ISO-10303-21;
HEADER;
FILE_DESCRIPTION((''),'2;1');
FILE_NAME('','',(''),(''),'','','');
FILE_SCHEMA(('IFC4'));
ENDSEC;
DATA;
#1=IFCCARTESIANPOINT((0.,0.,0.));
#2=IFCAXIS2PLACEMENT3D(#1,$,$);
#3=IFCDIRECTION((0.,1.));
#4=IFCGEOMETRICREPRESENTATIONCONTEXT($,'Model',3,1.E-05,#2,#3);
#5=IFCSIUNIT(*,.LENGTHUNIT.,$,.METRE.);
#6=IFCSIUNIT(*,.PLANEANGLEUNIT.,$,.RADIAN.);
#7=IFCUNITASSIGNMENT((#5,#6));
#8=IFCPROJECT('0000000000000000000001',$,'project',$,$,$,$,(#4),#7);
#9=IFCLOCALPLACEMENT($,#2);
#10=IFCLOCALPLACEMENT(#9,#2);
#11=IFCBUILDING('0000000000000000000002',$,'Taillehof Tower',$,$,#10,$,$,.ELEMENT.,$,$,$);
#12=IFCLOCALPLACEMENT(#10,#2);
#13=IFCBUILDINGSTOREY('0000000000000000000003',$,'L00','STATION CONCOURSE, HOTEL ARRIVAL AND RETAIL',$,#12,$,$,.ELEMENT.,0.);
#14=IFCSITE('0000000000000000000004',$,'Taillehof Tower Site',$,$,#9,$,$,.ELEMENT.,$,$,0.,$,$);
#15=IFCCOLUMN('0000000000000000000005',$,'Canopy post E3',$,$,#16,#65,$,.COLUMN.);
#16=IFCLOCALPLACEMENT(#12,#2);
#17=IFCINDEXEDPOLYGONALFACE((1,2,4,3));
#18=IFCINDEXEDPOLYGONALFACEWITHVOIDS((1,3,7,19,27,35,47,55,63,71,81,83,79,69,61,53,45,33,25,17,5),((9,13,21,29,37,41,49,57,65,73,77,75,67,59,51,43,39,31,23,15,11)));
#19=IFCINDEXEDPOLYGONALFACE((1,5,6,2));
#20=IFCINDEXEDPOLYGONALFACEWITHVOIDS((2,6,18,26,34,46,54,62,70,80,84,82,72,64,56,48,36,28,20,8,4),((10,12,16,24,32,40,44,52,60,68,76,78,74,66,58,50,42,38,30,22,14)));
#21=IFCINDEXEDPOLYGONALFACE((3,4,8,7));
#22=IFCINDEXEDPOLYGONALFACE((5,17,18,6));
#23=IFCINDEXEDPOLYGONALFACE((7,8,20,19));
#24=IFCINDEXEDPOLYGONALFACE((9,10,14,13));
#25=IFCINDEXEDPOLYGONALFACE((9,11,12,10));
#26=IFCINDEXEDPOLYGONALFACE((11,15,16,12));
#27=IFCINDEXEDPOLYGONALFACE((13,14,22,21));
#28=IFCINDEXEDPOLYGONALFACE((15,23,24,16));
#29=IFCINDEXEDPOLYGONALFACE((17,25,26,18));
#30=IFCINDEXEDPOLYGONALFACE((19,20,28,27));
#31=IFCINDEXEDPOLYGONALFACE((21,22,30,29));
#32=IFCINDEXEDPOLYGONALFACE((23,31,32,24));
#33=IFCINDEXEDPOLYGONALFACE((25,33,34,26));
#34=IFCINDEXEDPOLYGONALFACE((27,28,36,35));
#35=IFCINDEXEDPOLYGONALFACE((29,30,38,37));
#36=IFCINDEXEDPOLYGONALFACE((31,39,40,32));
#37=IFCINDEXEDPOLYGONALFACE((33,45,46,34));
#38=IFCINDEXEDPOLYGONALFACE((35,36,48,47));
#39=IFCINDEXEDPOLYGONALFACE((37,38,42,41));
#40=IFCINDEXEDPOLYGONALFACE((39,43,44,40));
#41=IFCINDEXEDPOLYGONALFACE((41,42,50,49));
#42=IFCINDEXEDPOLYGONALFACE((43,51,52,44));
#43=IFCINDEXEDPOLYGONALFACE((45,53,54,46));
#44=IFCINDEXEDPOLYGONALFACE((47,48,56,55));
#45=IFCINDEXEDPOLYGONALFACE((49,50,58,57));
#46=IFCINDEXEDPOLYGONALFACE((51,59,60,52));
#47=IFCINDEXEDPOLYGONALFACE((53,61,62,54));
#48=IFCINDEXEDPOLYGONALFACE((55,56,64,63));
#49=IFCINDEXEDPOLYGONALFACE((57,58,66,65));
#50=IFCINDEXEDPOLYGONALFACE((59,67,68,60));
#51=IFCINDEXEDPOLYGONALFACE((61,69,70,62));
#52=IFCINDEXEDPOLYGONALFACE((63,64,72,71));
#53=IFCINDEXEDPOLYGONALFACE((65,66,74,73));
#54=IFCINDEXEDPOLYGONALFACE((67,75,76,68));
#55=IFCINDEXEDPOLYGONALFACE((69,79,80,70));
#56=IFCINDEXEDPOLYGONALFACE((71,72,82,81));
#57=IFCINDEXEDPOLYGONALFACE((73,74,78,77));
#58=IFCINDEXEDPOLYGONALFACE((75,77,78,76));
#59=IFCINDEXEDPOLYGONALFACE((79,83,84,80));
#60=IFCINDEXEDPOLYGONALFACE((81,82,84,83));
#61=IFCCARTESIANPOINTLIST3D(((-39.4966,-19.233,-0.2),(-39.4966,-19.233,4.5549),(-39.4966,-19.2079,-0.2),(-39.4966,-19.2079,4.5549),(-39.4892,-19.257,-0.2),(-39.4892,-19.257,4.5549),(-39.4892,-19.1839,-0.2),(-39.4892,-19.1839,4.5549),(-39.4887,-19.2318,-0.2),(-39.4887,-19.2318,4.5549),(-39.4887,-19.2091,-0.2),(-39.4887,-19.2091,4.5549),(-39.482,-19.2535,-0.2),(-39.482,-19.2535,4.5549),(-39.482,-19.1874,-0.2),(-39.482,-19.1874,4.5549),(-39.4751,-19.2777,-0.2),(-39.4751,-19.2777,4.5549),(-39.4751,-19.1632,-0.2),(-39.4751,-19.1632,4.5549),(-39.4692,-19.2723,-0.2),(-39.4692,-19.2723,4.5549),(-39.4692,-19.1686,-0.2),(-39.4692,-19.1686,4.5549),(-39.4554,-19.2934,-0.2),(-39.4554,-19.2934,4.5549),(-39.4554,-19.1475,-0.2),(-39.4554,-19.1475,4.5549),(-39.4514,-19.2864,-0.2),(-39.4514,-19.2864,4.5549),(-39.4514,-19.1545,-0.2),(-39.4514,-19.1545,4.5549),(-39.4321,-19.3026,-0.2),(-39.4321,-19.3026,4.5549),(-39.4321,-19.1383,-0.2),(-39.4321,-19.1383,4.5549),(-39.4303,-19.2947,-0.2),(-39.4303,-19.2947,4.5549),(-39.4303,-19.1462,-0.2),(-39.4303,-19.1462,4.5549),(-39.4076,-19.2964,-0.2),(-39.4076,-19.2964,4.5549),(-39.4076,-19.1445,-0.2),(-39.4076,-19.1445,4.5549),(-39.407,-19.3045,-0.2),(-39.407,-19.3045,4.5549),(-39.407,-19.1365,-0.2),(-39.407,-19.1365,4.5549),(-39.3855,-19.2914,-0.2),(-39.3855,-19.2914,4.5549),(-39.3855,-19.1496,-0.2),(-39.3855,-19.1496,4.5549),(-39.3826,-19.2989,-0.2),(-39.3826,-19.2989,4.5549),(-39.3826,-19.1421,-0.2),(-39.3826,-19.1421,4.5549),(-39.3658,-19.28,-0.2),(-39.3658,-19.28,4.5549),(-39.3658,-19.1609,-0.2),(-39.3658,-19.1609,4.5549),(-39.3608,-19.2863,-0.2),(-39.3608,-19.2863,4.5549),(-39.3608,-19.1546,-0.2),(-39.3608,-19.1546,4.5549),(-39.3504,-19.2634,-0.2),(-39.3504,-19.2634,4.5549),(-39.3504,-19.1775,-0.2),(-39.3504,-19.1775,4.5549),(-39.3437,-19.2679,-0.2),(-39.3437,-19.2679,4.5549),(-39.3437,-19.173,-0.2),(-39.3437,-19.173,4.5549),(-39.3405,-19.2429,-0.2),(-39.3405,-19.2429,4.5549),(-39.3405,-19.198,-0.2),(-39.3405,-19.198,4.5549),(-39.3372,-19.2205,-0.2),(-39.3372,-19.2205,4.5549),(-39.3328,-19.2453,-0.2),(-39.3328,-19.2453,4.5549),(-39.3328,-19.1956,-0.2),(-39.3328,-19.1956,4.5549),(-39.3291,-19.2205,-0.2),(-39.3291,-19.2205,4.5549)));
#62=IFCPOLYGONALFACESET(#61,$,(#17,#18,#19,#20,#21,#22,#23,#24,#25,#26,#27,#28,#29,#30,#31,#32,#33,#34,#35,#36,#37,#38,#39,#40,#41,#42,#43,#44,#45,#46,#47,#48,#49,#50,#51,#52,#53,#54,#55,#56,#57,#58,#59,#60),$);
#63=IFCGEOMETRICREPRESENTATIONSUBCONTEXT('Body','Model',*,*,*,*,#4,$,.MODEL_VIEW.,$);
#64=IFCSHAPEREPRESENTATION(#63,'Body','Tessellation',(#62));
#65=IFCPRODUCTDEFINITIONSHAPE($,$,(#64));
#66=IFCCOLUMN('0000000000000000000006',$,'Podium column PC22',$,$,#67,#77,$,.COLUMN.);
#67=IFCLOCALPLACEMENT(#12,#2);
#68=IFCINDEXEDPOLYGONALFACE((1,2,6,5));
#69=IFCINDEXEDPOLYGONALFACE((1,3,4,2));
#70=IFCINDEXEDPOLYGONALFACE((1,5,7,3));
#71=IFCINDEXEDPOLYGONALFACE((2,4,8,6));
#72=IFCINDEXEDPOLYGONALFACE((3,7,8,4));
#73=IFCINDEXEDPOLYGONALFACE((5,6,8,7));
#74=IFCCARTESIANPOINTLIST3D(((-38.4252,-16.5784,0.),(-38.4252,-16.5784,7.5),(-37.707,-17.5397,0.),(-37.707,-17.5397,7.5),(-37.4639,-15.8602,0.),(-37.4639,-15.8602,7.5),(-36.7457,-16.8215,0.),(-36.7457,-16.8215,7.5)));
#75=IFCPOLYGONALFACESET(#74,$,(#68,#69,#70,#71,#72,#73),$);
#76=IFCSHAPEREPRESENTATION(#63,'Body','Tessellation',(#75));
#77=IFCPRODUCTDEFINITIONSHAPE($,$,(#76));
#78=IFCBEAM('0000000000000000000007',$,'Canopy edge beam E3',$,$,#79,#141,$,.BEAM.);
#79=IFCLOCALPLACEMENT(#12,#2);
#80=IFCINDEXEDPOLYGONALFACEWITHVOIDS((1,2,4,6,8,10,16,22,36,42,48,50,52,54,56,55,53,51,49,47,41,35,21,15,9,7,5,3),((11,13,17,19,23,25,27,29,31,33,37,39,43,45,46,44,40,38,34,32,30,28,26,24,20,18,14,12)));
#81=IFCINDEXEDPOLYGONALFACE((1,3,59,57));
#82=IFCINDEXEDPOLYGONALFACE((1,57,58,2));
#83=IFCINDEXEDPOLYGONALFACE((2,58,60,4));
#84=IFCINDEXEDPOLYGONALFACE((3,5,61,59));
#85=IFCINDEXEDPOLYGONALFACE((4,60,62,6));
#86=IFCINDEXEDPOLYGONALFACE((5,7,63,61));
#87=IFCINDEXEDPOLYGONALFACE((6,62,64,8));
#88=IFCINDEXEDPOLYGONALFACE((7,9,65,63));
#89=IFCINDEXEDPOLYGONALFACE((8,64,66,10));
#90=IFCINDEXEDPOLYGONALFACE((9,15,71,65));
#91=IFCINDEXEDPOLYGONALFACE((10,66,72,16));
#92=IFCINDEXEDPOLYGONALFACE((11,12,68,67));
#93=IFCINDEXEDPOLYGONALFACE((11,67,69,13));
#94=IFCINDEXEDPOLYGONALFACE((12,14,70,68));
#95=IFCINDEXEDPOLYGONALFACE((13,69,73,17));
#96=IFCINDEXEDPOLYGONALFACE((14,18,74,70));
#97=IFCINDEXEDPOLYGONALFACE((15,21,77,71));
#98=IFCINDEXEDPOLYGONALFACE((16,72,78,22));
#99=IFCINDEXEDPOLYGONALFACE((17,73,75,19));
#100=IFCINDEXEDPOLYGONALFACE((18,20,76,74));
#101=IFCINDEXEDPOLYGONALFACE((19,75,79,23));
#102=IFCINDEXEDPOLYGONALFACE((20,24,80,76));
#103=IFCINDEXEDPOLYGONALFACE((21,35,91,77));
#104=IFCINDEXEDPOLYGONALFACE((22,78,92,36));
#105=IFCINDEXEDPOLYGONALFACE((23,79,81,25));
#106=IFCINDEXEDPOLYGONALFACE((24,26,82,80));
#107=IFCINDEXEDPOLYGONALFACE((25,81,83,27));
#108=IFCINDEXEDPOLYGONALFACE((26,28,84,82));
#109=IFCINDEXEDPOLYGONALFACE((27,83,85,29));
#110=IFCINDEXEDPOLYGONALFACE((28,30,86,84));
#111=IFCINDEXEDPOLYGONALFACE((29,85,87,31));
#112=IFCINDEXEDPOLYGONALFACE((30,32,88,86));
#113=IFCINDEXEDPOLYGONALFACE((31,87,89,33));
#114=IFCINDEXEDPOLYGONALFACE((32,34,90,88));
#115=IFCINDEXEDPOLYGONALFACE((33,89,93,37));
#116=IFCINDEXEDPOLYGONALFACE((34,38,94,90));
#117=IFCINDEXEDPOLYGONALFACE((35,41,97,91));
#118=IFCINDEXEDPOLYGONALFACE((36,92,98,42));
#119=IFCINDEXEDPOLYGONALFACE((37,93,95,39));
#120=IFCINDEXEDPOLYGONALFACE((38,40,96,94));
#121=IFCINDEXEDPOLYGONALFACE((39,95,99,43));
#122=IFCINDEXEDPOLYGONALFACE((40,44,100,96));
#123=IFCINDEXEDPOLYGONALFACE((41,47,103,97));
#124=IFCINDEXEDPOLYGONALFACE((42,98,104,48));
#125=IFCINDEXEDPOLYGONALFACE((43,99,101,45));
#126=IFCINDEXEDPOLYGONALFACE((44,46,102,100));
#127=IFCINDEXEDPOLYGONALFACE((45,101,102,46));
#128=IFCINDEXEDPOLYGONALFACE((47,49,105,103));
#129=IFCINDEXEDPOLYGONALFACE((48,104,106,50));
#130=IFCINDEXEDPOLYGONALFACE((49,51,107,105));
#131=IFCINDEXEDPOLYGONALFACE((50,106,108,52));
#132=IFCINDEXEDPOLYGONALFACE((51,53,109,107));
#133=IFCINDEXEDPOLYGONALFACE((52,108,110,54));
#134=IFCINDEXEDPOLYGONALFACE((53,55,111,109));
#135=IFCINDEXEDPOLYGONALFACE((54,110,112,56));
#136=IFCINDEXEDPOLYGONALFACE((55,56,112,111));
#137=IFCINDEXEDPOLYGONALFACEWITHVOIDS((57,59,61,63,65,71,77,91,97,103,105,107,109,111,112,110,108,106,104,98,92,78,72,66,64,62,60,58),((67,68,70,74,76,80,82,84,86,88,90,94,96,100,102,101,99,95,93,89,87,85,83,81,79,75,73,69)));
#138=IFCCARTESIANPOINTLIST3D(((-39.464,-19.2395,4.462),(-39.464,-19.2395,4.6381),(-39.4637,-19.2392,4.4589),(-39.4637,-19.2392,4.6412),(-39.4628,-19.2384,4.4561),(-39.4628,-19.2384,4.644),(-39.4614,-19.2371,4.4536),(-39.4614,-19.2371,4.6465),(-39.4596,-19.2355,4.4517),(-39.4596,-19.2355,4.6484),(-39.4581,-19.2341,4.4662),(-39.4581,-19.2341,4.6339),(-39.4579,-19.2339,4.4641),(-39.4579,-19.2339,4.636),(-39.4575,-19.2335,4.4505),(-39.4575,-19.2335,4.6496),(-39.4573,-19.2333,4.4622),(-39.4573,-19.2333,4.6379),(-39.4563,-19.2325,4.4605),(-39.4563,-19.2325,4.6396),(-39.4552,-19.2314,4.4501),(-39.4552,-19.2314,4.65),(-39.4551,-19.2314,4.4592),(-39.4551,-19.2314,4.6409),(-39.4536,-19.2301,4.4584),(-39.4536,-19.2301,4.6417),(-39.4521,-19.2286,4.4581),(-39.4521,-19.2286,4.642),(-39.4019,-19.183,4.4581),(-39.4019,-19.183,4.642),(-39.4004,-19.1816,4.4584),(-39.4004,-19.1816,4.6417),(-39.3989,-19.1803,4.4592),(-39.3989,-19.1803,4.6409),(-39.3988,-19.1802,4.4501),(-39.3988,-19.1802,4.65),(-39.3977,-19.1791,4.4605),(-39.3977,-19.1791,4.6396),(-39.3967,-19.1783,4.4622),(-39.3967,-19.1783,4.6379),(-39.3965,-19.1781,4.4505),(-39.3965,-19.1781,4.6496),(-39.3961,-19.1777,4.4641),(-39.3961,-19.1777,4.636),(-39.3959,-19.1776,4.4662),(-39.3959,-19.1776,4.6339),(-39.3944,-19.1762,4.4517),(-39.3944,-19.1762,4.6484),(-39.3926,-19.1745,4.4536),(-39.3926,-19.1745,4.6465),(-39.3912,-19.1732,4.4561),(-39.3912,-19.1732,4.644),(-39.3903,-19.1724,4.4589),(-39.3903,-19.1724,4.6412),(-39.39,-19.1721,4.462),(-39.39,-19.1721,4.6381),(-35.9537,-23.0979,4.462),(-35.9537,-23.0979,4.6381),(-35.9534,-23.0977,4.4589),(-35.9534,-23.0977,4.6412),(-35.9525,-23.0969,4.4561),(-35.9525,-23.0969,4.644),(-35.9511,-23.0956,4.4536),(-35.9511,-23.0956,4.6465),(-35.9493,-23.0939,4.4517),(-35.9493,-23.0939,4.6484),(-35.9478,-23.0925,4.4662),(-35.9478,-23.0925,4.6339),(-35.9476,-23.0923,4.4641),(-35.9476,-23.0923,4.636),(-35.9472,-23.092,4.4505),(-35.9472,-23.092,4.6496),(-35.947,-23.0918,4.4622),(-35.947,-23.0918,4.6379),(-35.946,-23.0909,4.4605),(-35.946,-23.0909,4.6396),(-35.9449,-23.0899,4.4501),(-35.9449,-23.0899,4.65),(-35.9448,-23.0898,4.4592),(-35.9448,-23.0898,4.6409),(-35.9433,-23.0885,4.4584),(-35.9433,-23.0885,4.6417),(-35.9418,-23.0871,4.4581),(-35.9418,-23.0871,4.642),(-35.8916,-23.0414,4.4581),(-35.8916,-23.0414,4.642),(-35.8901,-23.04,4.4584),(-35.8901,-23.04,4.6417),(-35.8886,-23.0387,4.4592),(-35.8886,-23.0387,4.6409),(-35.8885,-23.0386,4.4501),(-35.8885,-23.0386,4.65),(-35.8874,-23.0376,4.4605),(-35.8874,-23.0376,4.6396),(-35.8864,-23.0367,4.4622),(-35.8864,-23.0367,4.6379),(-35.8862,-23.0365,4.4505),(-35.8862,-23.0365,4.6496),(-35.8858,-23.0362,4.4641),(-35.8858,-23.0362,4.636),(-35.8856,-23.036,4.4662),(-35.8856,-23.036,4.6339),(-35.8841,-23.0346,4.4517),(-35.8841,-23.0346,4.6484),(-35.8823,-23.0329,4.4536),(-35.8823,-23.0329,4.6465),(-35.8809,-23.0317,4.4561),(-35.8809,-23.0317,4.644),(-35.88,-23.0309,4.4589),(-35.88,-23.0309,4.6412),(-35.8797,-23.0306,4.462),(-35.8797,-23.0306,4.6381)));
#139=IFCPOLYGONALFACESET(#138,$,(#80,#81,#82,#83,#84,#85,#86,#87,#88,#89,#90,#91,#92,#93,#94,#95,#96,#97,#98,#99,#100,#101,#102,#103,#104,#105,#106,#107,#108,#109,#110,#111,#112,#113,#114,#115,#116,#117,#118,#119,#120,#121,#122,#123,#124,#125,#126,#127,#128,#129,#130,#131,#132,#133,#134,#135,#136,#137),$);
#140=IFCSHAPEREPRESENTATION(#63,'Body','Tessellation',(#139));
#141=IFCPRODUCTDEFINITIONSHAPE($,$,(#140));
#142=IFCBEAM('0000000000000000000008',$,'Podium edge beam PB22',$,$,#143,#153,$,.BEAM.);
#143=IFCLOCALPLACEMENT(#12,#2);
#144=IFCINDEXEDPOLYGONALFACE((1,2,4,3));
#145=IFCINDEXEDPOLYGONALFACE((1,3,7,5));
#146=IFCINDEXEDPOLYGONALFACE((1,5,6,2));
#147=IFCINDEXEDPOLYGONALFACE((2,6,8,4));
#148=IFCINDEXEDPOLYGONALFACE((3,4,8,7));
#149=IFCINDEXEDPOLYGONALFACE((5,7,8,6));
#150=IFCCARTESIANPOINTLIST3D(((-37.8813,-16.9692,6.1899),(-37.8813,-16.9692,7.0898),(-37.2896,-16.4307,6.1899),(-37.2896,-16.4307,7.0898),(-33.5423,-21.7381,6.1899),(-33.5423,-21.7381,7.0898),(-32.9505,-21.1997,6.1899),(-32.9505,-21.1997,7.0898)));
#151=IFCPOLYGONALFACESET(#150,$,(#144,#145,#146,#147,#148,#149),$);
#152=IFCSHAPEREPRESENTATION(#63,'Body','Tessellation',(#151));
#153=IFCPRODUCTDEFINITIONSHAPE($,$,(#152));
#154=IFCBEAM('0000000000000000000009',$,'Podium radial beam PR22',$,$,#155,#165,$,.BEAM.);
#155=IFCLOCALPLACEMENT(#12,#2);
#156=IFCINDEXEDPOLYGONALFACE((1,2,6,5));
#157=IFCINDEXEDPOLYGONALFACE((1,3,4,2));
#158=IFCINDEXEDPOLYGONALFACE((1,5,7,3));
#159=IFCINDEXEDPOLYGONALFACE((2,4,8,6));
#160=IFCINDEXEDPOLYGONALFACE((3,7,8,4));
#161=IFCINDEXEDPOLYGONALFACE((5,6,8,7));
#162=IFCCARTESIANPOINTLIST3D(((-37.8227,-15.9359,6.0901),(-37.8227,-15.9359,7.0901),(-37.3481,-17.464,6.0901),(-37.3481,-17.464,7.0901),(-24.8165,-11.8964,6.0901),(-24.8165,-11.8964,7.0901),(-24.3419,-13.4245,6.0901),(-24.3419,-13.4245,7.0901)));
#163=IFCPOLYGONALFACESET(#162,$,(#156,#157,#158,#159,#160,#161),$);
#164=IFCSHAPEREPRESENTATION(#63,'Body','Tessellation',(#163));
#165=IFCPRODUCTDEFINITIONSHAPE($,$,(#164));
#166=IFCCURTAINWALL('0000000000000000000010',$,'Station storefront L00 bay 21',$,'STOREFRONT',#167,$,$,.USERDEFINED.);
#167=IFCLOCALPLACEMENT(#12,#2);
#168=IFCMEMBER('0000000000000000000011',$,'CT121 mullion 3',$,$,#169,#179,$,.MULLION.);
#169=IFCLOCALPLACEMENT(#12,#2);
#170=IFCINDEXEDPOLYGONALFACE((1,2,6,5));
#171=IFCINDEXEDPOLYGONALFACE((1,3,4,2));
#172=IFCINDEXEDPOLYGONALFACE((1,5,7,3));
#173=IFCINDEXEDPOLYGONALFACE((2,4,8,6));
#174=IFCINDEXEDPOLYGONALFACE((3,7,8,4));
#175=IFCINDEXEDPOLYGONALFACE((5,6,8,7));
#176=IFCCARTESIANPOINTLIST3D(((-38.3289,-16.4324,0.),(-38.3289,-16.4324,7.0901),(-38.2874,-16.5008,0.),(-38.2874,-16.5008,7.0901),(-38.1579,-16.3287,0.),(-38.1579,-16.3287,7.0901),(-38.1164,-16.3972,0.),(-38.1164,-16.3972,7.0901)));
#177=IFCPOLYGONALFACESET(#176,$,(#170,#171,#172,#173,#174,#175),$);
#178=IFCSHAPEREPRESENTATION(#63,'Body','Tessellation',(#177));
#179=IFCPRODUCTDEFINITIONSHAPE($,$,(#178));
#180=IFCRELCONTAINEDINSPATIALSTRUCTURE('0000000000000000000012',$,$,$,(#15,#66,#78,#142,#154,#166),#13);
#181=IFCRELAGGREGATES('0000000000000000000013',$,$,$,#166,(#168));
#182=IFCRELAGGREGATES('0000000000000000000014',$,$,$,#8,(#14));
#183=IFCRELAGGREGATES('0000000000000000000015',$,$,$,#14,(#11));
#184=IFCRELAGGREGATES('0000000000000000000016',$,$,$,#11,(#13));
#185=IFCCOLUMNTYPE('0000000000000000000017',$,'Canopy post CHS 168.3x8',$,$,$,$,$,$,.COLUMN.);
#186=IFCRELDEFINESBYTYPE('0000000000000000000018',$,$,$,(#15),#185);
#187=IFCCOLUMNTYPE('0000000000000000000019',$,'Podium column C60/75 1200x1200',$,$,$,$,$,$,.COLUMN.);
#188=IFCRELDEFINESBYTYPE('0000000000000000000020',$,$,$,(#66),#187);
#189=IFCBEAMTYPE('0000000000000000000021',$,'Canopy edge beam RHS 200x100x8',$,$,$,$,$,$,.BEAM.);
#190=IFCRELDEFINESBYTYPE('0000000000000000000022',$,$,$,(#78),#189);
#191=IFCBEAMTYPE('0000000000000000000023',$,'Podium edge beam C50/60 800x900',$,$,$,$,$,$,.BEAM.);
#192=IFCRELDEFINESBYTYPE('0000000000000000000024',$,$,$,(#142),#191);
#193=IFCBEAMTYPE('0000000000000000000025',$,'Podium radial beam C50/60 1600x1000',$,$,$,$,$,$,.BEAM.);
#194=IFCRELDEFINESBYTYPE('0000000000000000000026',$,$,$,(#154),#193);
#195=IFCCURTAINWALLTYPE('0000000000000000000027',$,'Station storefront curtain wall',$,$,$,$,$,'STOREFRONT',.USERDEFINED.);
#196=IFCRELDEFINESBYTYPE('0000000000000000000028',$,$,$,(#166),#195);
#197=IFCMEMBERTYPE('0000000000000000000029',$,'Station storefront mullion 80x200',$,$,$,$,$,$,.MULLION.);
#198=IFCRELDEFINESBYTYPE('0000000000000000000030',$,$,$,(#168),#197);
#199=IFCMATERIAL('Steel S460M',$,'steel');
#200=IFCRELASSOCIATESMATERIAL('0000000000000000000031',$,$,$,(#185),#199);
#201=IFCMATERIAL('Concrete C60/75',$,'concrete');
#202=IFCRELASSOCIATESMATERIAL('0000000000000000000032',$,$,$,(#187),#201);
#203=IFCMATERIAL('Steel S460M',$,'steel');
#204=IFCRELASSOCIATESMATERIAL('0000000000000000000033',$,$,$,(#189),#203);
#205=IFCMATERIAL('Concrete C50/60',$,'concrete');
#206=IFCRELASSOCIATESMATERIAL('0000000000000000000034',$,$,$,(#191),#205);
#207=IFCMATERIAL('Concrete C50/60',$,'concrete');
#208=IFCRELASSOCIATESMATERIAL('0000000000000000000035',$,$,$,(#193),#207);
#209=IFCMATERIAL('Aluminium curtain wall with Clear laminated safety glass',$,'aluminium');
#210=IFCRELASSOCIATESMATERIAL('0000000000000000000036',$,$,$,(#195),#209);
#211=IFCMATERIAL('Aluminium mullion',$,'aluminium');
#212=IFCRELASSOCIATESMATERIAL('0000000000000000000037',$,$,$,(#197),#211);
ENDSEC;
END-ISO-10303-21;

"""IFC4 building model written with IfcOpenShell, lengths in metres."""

from ifc_helpers import new_model, si_unit, direction, frame, origin, origin_2d, place, context, subcontext, project, spatial, rectangle, hollow_rectangle, hollow_circle, extrude, material, material_profile, profile_set, type_object, element, aggregate, save


model = new_model("IFC4")

# Units and contexts
model_context = context("Model", 3, precision=1e-05, world=origin(), true_north=direction((0.0, 1.0)))
body_context = subcontext(model_context, "Body", "Model", "MODEL_VIEW")
ifc_project = project(units=[si_unit("LENGTHUNIT", "METRE"), si_unit("PLANEANGLEUNIT", "RADIAN")], contexts=[model_context])

# Site, building, storey
site_placement = place(None, origin())
site = spatial("IfcSite", under=ifc_project, at=site_placement, Name="Taillehof Tower Site", CompositionType="ELEMENT", RefElevation=0.0)
building_placement = place(site_placement, origin())
building = spatial("IfcBuilding", under=site, at=building_placement, Name="Taillehof Tower", CompositionType="ELEMENT")
storey_placement = place(building_placement, origin())
storey = spatial("IfcBuildingStorey", under=building, at=storey_placement, Name="L00", Description="STATION CONCOURSE, HOTEL ARRIVAL AND RETAIL", CompositionType="ELEMENT", Elevation=0.0)

# Columns
ifc_material_1 = material(Name="Steel S460M", Category="steel")
ifc_material_profile_1 = material_profile(ifc_material_1, hollow_circle(Radius=0.0842, WallThickness=0.0081, at=origin_2d()), Name="CHS 168.3x8")
ifc_profile_set_1 = profile_set([ifc_material_profile_1], Name="Steel S460M")
column_type_1 = type_object("IfcColumnType", Name="Canopy post CHS 168.3x8", PredefinedType="COLUMN", material=ifc_profile_set_1)
column_1_placement = place(storey_placement, frame((-39.4133, -19.2205, -0.2), z_axis=(0.0, 0.0, 1.0), x_axis=(1.0, 0.0, 0.0)))
element("IfcColumn", 1, at=column_1_placement, inside=storey, type_object=column_type_1, Name="Canopy post E3", PredefinedType="COLUMN", context=body_context, shape_type="SweptSolid", body=[
    extrude(hollow_circle(Radius=0.0842, WallThickness=0.0081, at=origin_2d()), origin(), (0.0, 0.0, 1.0), 4.7549),
])
ifc_material_2 = material(Name="Concrete C60/75", Category="concrete")
ifc_material_profile_2 = material_profile(ifc_material_2, rectangle(XDim=1.2, YDim=1.2, at=origin_2d()), Name="RC 1200x1200")
ifc_profile_set_2 = profile_set([ifc_material_profile_2], Name="Concrete C60/75")
column_type_2 = type_object("IfcColumnType", Name="Podium column C60/75 1200x1200", PredefinedType="COLUMN", material=ifc_profile_set_2)
column_2_placement = place(storey_placement, frame((-37.5854, -16.7, 0.0), z_axis=(0.0, 0.0, 1.0), x_axis=(-0.801091, -0.598542, 0.0)))
element("IfcColumn", 2, at=column_2_placement, inside=storey, type_object=column_type_2, Name="Podium column PC22", PredefinedType="COLUMN", context=body_context, shape_type="SweptSolid", body=[
    extrude(rectangle(XDim=1.2, YDim=1.2, at=origin_2d()), origin(), (0.0, 0.0, 1.0), 7.5),
])

# Beams
ifc_material_3 = material(Name="Steel S460M", Category="steel")
ifc_material_profile_3 = material_profile(ifc_material_3, hollow_rectangle(XDim=0.1001, YDim=0.2, WallThickness=0.0081, InnerFilletRadius=0.0081, OuterFilletRadius=0.012, at=origin_2d()), Name="RHS 200x100x8")
ifc_profile_set_3 = profile_set([ifc_material_profile_3], Name="Steel S460M")
beam_type_1 = type_object("IfcBeamType", Name="Canopy edge beam RHS 200x100x8", PredefinedType="BEAM", material=ifc_profile_set_3)
beam_1_placement = place(storey_placement, frame((-39.427, -19.2058, 4.55), z_axis=(0.672948, -0.73969, 0.0), x_axis=(0.73969, 0.672948, 0.0)))
element("IfcBeam", 3, at=beam_1_placement, inside=storey, type_object=beam_type_1, Name="Canopy edge beam E3", PredefinedType="BEAM", context=body_context, shape_type="SweptSolid", body=[
    extrude(hollow_rectangle(XDim=0.1001, YDim=0.2, WallThickness=0.0081, InnerFilletRadius=0.0081, OuterFilletRadius=0.012, at=origin_2d()), origin(), (0.0, 0.0, 1.0), 5.2163),
])
ifc_material_4 = material(Name="Concrete C50/60", Category="concrete")
ifc_material_profile_4 = material_profile(ifc_material_4, rectangle(XDim=0.8, YDim=0.8999, at=origin_2d()), Name="RC 800x900")
ifc_profile_set_4 = profile_set([ifc_material_profile_4], Name="Concrete C50/60")
beam_type_2 = type_object("IfcBeamType", Name="Podium edge beam C50/60 800x900", PredefinedType="BEAM", material=ifc_profile_set_4)
beam_2_placement = place(storey_placement, frame((-37.5854, -16.7, 6.6399), z_axis=(0.67298, -0.739661, 0.0), x_axis=(0.739661, 0.67298, 0.0)))
element("IfcBeam", 4, at=beam_2_placement, inside=storey, type_object=beam_type_2, Name="Podium edge beam PB22", PredefinedType="BEAM", context=body_context, shape_type="SweptSolid", body=[
    extrude(rectangle(XDim=0.8, YDim=0.8999, at=origin_2d()), origin(), (0.0, 0.0, 1.0), 6.4475),
])
ifc_material_5 = material(Name="Concrete C50/60", Category="concrete")
ifc_material_profile_5 = material_profile(ifc_material_5, rectangle(XDim=1.6001, YDim=1.0, at=origin_2d()), Name="RC 1600x1000")
ifc_profile_set_5 = profile_set([ifc_material_profile_5], Name="Concrete C50/60")
beam_type_3 = type_object("IfcBeamType", Name="Podium radial beam C50/60 1600x1000", PredefinedType="BEAM", material=ifc_profile_set_5)
beam_3_placement = place(storey_placement, frame((-37.5854, -16.7, 6.5901), z_axis=(0.955, 0.296607, 0.0), x_axis=(-0.296607, 0.955, 0.0)))
element("IfcBeam", 5, at=beam_3_placement, inside=storey, type_object=beam_type_3, Name="Podium radial beam PR22", PredefinedType="BEAM", context=body_context, shape_type="SweptSolid", body=[
    extrude(rectangle(XDim=1.6001, YDim=1.0, at=origin_2d()), origin(), (0.0, 0.0, 1.0), 13.6191),
])

# Curtain wall, member
ifc_material_6 = material(Name="Aluminium curtain wall with Clear laminated safety glass", Category="aluminium")
curtain_wall_type = type_object("IfcCurtainWallType", Name="Station storefront curtain wall", ElementType="STOREFRONT", PredefinedType="USERDEFINED", material=ifc_material_6)
curtain_wall_placement = place(storey_placement, origin())
curtain_wall = element("IfcCurtainWall", 6, at=curtain_wall_placement, inside=storey, type_object=curtain_wall_type, Name="Station storefront L00 bay 21", ObjectType="STOREFRONT", PredefinedType="USERDEFINED")
ifc_material_7 = material(Name="Aluminium mullion", Category="aluminium")
ifc_material_profile_6 = material_profile(ifc_material_7, rectangle(XDim=0.2, YDim=0.0801, at=origin_2d()), Name="AL 80x200")
ifc_profile_set_6 = profile_set([ifc_material_profile_6], Name="Aluminium mullion")
member_type = type_object("IfcMemberType", Name="Station storefront mullion 80x200", PredefinedType="MULLION", material=ifc_profile_set_6)
member_placement = place(storey_placement, frame((-38.2227, -16.4148, 0.0), z_axis=(0.0, 0.0, 1.0), x_axis=(0.855289, 0.518151, 0.0)))
member = element("IfcMember", 7, at=member_placement, type_object=member_type, Name="CT121 mullion 3", PredefinedType="MULLION", context=body_context, shape_type="SweptSolid", body=[
    extrude(rectangle(XDim=0.2, YDim=0.0801, at=origin_2d()), origin(), (0.0, 0.0, 1.0), 7.0901),
])
aggregate(curtain_wall, [member])

save(model, "model.ifc")
